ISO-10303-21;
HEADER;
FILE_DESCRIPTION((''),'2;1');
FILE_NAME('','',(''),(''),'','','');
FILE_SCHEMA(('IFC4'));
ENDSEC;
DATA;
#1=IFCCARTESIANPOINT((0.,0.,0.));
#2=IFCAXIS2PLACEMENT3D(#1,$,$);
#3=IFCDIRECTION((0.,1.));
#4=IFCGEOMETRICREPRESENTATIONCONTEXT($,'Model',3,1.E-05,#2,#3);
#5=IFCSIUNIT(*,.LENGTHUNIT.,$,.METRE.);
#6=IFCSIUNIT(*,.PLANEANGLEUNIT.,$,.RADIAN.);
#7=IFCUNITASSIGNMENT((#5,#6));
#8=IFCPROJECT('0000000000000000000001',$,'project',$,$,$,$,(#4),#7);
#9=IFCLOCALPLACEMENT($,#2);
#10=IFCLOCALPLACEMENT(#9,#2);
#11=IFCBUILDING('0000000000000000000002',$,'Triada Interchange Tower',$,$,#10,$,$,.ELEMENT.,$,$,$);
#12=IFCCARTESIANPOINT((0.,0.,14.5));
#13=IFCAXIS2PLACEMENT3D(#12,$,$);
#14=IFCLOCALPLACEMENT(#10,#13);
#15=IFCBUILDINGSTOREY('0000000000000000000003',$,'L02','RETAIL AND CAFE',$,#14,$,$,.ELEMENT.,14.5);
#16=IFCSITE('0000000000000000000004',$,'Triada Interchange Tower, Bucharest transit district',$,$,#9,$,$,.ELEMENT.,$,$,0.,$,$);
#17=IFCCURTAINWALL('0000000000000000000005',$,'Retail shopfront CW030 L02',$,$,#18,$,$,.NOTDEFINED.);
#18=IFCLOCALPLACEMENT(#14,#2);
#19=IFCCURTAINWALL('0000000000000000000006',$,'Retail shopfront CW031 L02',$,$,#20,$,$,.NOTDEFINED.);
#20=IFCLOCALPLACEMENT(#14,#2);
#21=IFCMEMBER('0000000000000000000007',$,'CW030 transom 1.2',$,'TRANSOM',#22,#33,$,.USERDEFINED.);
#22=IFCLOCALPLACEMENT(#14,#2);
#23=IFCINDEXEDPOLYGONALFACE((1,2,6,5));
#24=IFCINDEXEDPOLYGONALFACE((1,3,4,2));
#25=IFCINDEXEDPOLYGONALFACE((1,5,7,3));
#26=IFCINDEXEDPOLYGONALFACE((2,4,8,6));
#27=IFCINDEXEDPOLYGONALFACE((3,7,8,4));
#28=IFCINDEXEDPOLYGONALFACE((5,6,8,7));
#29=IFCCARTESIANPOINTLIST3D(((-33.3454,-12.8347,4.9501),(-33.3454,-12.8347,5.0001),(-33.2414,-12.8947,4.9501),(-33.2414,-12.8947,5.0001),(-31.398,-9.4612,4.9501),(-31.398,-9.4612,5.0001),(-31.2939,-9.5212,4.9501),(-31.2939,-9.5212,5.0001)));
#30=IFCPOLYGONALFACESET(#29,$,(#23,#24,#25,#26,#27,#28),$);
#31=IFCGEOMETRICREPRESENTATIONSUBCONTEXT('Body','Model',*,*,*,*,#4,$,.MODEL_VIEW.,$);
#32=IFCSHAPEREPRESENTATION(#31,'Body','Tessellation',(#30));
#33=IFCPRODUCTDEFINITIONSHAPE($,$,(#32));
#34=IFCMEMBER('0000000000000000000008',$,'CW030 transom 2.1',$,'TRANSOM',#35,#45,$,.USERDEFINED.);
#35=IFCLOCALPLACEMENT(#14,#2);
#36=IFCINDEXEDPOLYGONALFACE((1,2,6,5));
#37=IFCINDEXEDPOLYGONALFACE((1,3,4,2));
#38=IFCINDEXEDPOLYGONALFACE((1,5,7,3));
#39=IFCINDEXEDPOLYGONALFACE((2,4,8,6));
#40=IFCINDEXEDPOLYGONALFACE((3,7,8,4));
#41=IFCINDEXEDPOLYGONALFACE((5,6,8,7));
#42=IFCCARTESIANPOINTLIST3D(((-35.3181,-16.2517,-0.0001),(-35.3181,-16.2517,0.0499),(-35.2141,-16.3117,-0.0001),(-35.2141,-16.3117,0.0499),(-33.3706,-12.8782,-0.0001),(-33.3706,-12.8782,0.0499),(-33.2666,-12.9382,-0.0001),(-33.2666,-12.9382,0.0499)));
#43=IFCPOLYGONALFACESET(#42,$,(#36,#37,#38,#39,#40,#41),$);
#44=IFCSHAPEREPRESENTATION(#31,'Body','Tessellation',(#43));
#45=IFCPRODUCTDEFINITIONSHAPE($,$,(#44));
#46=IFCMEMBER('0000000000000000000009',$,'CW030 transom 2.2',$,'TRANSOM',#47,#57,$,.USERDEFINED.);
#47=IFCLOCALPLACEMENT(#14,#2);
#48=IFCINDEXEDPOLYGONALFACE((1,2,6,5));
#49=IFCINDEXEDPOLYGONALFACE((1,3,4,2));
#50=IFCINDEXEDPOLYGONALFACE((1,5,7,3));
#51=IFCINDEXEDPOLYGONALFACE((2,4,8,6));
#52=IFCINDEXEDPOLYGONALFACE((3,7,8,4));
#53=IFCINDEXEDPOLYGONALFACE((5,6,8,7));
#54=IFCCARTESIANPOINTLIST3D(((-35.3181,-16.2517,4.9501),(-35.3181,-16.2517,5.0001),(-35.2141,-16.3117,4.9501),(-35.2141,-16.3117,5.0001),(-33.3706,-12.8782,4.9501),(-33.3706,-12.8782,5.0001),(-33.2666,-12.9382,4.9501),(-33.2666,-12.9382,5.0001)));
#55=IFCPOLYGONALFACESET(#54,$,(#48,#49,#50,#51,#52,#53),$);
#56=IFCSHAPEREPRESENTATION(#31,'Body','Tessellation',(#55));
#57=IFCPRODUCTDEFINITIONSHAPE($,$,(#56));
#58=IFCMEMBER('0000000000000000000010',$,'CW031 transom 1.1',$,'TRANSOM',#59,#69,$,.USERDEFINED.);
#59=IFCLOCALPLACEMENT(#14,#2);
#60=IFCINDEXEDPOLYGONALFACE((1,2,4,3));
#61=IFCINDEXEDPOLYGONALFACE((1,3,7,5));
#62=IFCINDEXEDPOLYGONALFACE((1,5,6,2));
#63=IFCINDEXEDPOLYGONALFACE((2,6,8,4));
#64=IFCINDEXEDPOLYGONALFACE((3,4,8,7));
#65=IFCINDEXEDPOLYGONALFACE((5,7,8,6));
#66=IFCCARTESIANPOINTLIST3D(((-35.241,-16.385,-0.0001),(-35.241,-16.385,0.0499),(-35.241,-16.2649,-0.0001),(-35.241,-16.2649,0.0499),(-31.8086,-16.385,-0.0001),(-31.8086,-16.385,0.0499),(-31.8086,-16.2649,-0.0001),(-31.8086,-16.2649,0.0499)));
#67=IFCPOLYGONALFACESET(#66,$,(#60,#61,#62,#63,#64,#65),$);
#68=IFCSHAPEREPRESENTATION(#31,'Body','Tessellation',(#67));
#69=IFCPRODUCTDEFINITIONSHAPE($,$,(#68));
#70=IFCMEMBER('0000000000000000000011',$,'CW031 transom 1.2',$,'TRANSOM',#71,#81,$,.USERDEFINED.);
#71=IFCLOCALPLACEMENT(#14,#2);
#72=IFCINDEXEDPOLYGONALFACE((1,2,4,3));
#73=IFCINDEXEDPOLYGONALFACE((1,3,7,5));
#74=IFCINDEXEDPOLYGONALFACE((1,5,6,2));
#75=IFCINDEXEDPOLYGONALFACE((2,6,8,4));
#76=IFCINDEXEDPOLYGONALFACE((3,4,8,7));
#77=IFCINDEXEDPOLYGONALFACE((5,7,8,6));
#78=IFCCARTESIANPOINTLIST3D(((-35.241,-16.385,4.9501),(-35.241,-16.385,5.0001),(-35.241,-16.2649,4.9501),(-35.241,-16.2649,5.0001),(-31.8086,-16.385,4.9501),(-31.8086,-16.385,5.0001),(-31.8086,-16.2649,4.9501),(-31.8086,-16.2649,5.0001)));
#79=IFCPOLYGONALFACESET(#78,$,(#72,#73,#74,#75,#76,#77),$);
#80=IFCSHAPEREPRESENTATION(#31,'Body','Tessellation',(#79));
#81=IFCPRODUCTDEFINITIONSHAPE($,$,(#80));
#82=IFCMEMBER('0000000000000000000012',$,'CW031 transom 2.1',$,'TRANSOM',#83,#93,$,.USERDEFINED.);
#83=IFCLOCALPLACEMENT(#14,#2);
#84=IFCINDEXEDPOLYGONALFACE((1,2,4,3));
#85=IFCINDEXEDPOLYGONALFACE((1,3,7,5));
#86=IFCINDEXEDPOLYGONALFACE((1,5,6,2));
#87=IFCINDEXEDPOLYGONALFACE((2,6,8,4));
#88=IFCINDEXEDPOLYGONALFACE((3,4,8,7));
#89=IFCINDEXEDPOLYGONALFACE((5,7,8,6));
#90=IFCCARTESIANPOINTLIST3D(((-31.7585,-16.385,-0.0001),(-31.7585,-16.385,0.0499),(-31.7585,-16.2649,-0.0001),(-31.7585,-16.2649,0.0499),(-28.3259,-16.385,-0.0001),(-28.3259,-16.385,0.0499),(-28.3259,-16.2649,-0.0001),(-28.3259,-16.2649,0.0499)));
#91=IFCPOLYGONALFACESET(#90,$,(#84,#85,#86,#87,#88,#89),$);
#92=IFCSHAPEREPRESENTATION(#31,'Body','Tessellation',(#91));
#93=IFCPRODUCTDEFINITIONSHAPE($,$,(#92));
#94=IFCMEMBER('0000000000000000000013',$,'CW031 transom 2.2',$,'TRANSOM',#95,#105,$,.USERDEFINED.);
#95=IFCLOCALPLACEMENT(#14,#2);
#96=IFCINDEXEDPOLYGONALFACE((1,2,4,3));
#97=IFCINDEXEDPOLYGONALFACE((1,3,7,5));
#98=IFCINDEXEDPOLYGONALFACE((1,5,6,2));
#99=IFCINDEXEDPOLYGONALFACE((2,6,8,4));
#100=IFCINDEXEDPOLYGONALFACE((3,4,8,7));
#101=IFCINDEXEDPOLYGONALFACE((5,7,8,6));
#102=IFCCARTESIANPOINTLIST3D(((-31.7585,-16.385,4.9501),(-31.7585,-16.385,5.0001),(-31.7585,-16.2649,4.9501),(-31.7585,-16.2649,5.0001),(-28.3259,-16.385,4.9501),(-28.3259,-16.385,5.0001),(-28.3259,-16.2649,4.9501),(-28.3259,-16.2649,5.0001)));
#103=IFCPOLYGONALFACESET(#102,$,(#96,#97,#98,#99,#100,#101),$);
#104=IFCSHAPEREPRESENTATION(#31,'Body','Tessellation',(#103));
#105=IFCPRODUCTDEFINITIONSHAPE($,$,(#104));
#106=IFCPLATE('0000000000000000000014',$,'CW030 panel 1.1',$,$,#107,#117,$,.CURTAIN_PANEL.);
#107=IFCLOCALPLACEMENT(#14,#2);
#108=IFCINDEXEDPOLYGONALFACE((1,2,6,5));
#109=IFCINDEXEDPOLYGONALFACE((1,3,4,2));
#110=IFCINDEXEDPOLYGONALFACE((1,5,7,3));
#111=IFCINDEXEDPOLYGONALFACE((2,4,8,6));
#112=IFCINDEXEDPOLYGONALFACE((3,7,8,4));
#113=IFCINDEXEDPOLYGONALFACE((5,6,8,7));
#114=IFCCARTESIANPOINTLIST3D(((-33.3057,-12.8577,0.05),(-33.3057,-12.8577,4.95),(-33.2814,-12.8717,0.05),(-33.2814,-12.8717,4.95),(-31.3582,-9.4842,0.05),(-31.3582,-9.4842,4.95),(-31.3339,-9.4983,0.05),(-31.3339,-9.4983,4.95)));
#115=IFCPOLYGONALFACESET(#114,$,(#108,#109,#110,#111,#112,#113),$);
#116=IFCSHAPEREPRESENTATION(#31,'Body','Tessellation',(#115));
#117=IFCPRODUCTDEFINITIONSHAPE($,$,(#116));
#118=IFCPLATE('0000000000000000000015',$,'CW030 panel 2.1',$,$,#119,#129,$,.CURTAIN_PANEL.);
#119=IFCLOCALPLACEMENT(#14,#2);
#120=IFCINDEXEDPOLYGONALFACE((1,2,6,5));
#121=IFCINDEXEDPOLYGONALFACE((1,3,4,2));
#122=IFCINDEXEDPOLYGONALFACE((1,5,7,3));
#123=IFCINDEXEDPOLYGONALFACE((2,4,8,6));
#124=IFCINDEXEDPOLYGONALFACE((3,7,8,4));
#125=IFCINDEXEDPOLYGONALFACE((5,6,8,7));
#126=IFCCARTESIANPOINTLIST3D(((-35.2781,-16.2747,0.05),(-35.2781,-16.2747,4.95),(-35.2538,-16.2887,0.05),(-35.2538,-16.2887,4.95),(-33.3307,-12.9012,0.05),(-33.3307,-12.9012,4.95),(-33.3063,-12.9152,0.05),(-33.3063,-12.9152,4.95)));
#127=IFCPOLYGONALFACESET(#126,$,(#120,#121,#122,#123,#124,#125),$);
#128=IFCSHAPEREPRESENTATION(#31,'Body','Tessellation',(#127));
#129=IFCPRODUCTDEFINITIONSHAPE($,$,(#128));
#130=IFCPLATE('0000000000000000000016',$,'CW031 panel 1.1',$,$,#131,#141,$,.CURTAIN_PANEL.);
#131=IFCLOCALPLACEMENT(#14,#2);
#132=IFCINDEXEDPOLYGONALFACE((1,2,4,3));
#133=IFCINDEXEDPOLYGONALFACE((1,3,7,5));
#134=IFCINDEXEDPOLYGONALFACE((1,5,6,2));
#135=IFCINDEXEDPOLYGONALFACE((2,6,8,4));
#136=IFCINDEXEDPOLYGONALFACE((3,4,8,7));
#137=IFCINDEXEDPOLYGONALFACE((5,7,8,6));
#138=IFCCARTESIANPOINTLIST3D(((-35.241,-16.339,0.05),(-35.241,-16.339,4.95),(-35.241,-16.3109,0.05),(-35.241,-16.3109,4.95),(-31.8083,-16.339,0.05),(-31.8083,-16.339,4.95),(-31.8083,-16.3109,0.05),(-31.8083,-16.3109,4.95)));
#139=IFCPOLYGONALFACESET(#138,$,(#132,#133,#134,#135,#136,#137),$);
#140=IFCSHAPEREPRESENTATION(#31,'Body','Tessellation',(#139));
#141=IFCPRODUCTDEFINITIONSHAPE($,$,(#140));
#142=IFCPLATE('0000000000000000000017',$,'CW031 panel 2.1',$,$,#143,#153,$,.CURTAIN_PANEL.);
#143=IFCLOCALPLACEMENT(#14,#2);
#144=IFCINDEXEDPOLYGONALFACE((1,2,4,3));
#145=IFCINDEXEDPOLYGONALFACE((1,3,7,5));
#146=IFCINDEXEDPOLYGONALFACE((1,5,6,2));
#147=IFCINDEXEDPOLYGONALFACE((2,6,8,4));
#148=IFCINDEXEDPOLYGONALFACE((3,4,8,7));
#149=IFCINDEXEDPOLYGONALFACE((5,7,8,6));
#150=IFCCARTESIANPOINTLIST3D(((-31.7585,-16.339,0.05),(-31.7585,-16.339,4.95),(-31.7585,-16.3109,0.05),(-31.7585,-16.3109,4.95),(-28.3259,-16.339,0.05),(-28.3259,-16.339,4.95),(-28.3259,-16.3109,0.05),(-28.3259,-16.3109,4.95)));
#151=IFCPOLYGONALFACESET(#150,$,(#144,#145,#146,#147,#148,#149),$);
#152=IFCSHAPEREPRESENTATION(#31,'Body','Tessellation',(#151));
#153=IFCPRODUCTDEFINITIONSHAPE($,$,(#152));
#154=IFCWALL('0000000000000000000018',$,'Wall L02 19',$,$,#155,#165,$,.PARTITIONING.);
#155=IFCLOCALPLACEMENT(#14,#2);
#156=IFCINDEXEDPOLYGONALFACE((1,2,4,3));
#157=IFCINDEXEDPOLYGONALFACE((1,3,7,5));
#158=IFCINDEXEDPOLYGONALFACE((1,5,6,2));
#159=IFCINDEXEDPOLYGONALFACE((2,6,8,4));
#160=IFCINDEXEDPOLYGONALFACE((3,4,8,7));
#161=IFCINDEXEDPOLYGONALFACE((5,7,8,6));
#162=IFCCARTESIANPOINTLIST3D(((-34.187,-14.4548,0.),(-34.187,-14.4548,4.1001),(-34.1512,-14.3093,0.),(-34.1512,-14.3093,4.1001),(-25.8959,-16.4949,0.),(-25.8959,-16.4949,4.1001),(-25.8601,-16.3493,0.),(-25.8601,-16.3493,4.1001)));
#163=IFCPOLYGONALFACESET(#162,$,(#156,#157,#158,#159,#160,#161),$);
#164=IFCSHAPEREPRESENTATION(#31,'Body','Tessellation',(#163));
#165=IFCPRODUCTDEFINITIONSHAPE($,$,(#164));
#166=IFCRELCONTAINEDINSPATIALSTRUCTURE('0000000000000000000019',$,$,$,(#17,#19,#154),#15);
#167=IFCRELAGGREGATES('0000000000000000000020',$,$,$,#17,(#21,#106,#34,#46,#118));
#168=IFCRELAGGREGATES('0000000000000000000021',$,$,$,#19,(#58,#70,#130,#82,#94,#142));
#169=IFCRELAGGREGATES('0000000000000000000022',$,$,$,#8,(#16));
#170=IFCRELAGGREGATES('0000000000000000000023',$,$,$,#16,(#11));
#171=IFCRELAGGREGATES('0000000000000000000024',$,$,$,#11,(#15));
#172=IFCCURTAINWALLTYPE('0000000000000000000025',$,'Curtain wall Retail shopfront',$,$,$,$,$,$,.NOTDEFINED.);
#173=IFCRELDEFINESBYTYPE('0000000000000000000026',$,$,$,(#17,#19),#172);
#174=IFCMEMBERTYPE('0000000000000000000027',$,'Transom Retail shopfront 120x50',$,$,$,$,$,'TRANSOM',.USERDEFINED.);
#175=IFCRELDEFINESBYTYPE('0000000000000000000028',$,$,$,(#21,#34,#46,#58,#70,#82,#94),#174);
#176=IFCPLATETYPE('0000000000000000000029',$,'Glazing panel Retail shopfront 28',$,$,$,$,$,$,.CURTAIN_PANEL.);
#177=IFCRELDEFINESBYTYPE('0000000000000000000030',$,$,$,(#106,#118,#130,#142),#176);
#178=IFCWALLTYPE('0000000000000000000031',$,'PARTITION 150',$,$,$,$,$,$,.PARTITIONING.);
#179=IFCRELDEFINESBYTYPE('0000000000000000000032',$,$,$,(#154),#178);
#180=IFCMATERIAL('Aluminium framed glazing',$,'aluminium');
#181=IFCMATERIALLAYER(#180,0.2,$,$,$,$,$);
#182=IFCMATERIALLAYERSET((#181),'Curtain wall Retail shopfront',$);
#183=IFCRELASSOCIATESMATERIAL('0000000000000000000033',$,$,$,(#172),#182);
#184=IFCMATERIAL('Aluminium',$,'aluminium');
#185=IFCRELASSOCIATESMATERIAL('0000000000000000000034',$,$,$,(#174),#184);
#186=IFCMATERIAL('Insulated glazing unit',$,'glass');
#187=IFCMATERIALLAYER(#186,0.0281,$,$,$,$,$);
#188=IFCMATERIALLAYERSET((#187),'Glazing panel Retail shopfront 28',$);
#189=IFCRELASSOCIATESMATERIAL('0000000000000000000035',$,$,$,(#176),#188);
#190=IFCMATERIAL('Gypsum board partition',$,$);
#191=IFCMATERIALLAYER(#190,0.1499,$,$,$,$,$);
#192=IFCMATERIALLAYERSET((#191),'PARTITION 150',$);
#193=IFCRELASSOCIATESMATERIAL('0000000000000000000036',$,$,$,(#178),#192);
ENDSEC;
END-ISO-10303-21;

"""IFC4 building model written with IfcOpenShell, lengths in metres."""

from ifc_helpers import new_model, si_unit, direction, frame, frame_2d, origin, origin_2d, place, context, subcontext, project, spatial, rectangle, extrude, material, layer, layer_set, material_profile, profile_set, type_object, element, aggregate, save


model = new_model("IFC4")

# Units and contexts
model_context = context("Model", 3, precision=1e-05, world=origin(), true_north=direction((0.0, 1.0)))
body_context = subcontext(model_context, "Body", "Model", "MODEL_VIEW")
ifc_project = project(units=[si_unit("LENGTHUNIT", "METRE"), si_unit("PLANEANGLEUNIT", "RADIAN")], contexts=[model_context])

# Site, building, storey
site_placement = place(None, origin())
site = spatial("IfcSite", under=ifc_project, at=site_placement, Name="Triada Interchange Tower, Bucharest transit district", CompositionType="ELEMENT", RefElevation=0.0)
building_placement = place(site_placement, origin())
building = spatial("IfcBuilding", under=site, at=building_placement, Name="Triada Interchange Tower", CompositionType="ELEMENT")
storey_placement = place(building_placement, frame((0.0, 0.0, 14.5)))
storey = spatial("IfcBuildingStorey", under=building, at=storey_placement, Name="L02", Description="RETAIL AND CAFE", CompositionType="ELEMENT", Elevation=14.5)

# Shared definitions
ifc_material_1 = material(Name="Aluminium framed glazing", Category="aluminium")
ifc_layer_1 = layer(ifc_material_1, 0.2)
ifc_layer_set_1 = layer_set([ifc_layer_1], Name="Curtain wall Retail shopfront")
curtain_wall_type = type_object("IfcCurtainWallType", Name="Curtain wall Retail shopfront", PredefinedType="NOTDEFINED", material=ifc_layer_set_1)
ifc_material_2 = material(Name="Aluminium", Category="aluminium")

# Curtain walls
curtain_wall_1_placement = place(storey_placement, origin())
curtain_wall_1 = element("IfcCurtainWall", 1, at=curtain_wall_1_placement, inside=storey, type_object=curtain_wall_type, Name="Retail shopfront CW030 L02", PredefinedType="NOTDEFINED")
curtain_wall_2_placement = place(storey_placement, origin())
curtain_wall_2 = element("IfcCurtainWall", 2, at=curtain_wall_2_placement, inside=storey, type_object=curtain_wall_type, Name="Retail shopfront CW031 L02", PredefinedType="NOTDEFINED")

# Members
ifc_material_profile_1 = material_profile(ifc_material_2, rectangle(XDim=0.1201, YDim=0.05, at=origin_2d()), Name="Aluminium transom")
ifc_profile_set_1 = profile_set([ifc_material_profile_1], Name="Aluminium")
member_type_1 = type_object("IfcMemberType", Name="Transom Retail shopfront 120x50", ElementType="TRANSOM", PredefinedType="USERDEFINED", material=ifc_profile_set_1)
member_1_placement = place(storey_placement, frame((-31.3459, -9.4912, 4.9751), z_axis=(-0.499961, -0.866048, 0.0), x_axis=(0.866048, -0.499961, 0.0)))
member_1 = element("IfcMember", 3, at=member_1_placement, type_object=member_type_1, Name="CW030 transom 1.2", ObjectType="TRANSOM", PredefinedType="USERDEFINED", context=body_context, shape_type="SweptSolid", body=[
    extrude(rectangle(XDim=0.1201, YDim=0.05, at=origin_2d()), origin(), (0.0, 0.0, 1.0), 3.8953),
])
member_2_placement = place(storey_placement, frame((-33.3186, -12.9082, 0.0249), z_axis=(-0.499961, -0.866048, 0.0), x_axis=(0.866048, -0.499961, 0.0)))
member_2 = element("IfcMember", 4, at=member_2_placement, type_object=member_type_1, Name="CW030 transom 2.1", ObjectType="TRANSOM", PredefinedType="USERDEFINED", context=body_context, shape_type="SweptSolid", body=[
    extrude(rectangle(XDim=0.1201, YDim=0.05, at=origin_2d()), origin(), (0.0, 0.0, 1.0), 3.8953),
])
member_3_placement = place(storey_placement, frame((-33.3186, -12.9082, 4.9751), z_axis=(-0.499961, -0.866048, 0.0), x_axis=(0.866048, -0.499961, 0.0)))
member_3 = element("IfcMember", 5, at=member_3_placement, type_object=member_type_1, Name="CW030 transom 2.2", ObjectType="TRANSOM", PredefinedType="USERDEFINED", context=body_context, shape_type="SweptSolid", body=[
    extrude(rectangle(XDim=0.1201, YDim=0.05, at=origin_2d()), origin(), (0.0, 0.0, 1.0), 3.8953),
])
member_4_placement = place(storey_placement, frame((-35.241, -16.325, 0.0249), z_axis=(1.0, 0.0, 0.0), x_axis=(0.0, 1.0, 0.0)))
member_4 = element("IfcMember", 6, at=member_4_placement, type_object=member_type_1, Name="CW031 transom 1.1", ObjectType="TRANSOM", PredefinedType="USERDEFINED", context=body_context, shape_type="SweptSolid", body=[
    extrude(rectangle(XDim=0.1201, YDim=0.05, at=origin_2d()), origin(), (0.0, 0.0, 1.0), 3.4324),
])
member_5_placement = place(storey_placement, frame((-35.241, -16.325, 4.9751), z_axis=(1.0, 0.0, 0.0), x_axis=(0.0, 1.0, 0.0)))
member_5 = element("IfcMember", 7, at=member_5_placement, type_object=member_type_1, Name="CW031 transom 1.2", ObjectType="TRANSOM", PredefinedType="USERDEFINED", context=body_context, shape_type="SweptSolid", body=[
    extrude(rectangle(XDim=0.1201, YDim=0.05, at=origin_2d()), origin(), (0.0, 0.0, 1.0), 3.4324),
])
member_6_placement = place(storey_placement, frame((-31.7585, -16.325, 0.0249), z_axis=(1.0, 0.0, 0.0), x_axis=(0.0, 1.0, 0.0)))
member_6 = element("IfcMember", 8, at=member_6_placement, type_object=member_type_1, Name="CW031 transom 2.1", ObjectType="TRANSOM", PredefinedType="USERDEFINED", context=body_context, shape_type="SweptSolid", body=[
    extrude(rectangle(XDim=0.1201, YDim=0.05, at=origin_2d()), origin(), (0.0, 0.0, 1.0), 3.4326),
])
member_7_placement = place(storey_placement, frame((-31.7585, -16.325, 4.9751), z_axis=(1.0, 0.0, 0.0), x_axis=(0.0, 1.0, 0.0)))
member_7 = element("IfcMember", 9, at=member_7_placement, type_object=member_type_1, Name="CW031 transom 2.2", ObjectType="TRANSOM", PredefinedType="USERDEFINED", context=body_context, shape_type="SweptSolid", body=[
    extrude(rectangle(XDim=0.1201, YDim=0.05, at=origin_2d()), origin(), (0.0, 0.0, 1.0), 3.4326),
])

# Plates
ifc_material_3 = material(Name="Insulated glazing unit", Category="glass")
ifc_layer_2 = layer(ifc_material_3, 0.0281)
ifc_layer_set_2 = layer_set([ifc_layer_2], Name="Glazing panel Retail shopfront 28")
plate_type = type_object("IfcPlateType", Name="Glazing panel Retail shopfront 28", PredefinedType="CURTAIN_PANEL", material=ifc_layer_set_2)
plate_1_placement = place(storey_placement, frame((-32.3198, -11.178, 0.05), z_axis=(0.0, 0.0, 1.0), x_axis=(-0.499959, -0.866049, 0.0)))
plate_1 = element("IfcPlate", 10, at=plate_1_placement, type_object=plate_type, Name="CW030 panel 1.1", PredefinedType="CURTAIN_PANEL", context=body_context, shape_type="SweptSolid", body=[
    extrude(rectangle(XDim=3.8953, YDim=0.0281, at=origin_2d()), origin(), (0.0, 0.0, 1.0), 4.8999),
])
plate_2_placement = place(storey_placement, frame((-34.2922, -14.595, 0.05), z_axis=(0.0, 0.0, 1.0), x_axis=(-0.499959, -0.866049, 0.0)))
plate_2 = element("IfcPlate", 11, at=plate_2_placement, type_object=plate_type, Name="CW030 panel 2.1", PredefinedType="CURTAIN_PANEL", context=body_context, shape_type="SweptSolid", body=[
    extrude(rectangle(XDim=3.8953, YDim=0.0281, at=origin_2d()), origin(), (0.0, 0.0, 1.0), 4.8999),
])
aggregate(curtain_wall_1, [member_1, plate_1, member_2, member_3, plate_2])
plate_3_placement = place(storey_placement, frame((-33.5247, -16.325, 0.05), z_axis=(0.0, 0.0, 1.0), x_axis=(1.0, 0.0, 0.0)))
plate_3 = element("IfcPlate", 12, at=plate_3_placement, type_object=plate_type, Name="CW031 panel 1.1", PredefinedType="CURTAIN_PANEL", context=body_context, shape_type="SweptSolid", body=[
    extrude(rectangle(XDim=3.4326, YDim=0.0281, at=origin_2d()), origin(), (0.0, 0.0, 1.0), 4.8999),
])
plate_4_placement = place(storey_placement, frame((-30.0422, -16.325, 0.05), z_axis=(0.0, 0.0, 1.0), x_axis=(1.0, 0.0, 0.0)))
plate_4 = element("IfcPlate", 13, at=plate_4_placement, type_object=plate_type, Name="CW031 panel 2.1", PredefinedType="CURTAIN_PANEL", context=body_context, shape_type="SweptSolid", body=[
    extrude(rectangle(XDim=3.4326, YDim=0.0281, at=origin_2d()), origin(), (0.0, 0.0, 1.0), 4.8999),
])
aggregate(curtain_wall_2, [member_4, member_5, plate_3, member_6, member_7, plate_4])

# Wall
ifc_material_4 = material(Name="Gypsum board partition")
ifc_layer_3 = layer(ifc_material_4, 0.1499)
ifc_layer_set_3 = layer_set([ifc_layer_3], Name="PARTITION 150")
wall_type = type_object("IfcWallType", Name="PARTITION 150", PredefinedType="PARTITIONING", material=ifc_layer_set_3)
wall_placement = place(storey_placement, frame((-34.1689, -14.3821, 0.0), z_axis=(0.0, 0.0, 1.0), x_axis=(0.971037, -0.238928, 0.0)))
element("IfcWall", 14, at=wall_placement, inside=storey, type_object=wall_type, Name="Wall L02 19", PredefinedType="PARTITIONING", context=body_context, shape_type="SweptSolid", body=[
    extrude(rectangle(XDim=8.5383, YDim=0.1499, at=frame_2d((4.269, 0.0))), origin(), (0.0, 0.0, 1.0), 4.1001),
])

save(model, "model.ifc")
